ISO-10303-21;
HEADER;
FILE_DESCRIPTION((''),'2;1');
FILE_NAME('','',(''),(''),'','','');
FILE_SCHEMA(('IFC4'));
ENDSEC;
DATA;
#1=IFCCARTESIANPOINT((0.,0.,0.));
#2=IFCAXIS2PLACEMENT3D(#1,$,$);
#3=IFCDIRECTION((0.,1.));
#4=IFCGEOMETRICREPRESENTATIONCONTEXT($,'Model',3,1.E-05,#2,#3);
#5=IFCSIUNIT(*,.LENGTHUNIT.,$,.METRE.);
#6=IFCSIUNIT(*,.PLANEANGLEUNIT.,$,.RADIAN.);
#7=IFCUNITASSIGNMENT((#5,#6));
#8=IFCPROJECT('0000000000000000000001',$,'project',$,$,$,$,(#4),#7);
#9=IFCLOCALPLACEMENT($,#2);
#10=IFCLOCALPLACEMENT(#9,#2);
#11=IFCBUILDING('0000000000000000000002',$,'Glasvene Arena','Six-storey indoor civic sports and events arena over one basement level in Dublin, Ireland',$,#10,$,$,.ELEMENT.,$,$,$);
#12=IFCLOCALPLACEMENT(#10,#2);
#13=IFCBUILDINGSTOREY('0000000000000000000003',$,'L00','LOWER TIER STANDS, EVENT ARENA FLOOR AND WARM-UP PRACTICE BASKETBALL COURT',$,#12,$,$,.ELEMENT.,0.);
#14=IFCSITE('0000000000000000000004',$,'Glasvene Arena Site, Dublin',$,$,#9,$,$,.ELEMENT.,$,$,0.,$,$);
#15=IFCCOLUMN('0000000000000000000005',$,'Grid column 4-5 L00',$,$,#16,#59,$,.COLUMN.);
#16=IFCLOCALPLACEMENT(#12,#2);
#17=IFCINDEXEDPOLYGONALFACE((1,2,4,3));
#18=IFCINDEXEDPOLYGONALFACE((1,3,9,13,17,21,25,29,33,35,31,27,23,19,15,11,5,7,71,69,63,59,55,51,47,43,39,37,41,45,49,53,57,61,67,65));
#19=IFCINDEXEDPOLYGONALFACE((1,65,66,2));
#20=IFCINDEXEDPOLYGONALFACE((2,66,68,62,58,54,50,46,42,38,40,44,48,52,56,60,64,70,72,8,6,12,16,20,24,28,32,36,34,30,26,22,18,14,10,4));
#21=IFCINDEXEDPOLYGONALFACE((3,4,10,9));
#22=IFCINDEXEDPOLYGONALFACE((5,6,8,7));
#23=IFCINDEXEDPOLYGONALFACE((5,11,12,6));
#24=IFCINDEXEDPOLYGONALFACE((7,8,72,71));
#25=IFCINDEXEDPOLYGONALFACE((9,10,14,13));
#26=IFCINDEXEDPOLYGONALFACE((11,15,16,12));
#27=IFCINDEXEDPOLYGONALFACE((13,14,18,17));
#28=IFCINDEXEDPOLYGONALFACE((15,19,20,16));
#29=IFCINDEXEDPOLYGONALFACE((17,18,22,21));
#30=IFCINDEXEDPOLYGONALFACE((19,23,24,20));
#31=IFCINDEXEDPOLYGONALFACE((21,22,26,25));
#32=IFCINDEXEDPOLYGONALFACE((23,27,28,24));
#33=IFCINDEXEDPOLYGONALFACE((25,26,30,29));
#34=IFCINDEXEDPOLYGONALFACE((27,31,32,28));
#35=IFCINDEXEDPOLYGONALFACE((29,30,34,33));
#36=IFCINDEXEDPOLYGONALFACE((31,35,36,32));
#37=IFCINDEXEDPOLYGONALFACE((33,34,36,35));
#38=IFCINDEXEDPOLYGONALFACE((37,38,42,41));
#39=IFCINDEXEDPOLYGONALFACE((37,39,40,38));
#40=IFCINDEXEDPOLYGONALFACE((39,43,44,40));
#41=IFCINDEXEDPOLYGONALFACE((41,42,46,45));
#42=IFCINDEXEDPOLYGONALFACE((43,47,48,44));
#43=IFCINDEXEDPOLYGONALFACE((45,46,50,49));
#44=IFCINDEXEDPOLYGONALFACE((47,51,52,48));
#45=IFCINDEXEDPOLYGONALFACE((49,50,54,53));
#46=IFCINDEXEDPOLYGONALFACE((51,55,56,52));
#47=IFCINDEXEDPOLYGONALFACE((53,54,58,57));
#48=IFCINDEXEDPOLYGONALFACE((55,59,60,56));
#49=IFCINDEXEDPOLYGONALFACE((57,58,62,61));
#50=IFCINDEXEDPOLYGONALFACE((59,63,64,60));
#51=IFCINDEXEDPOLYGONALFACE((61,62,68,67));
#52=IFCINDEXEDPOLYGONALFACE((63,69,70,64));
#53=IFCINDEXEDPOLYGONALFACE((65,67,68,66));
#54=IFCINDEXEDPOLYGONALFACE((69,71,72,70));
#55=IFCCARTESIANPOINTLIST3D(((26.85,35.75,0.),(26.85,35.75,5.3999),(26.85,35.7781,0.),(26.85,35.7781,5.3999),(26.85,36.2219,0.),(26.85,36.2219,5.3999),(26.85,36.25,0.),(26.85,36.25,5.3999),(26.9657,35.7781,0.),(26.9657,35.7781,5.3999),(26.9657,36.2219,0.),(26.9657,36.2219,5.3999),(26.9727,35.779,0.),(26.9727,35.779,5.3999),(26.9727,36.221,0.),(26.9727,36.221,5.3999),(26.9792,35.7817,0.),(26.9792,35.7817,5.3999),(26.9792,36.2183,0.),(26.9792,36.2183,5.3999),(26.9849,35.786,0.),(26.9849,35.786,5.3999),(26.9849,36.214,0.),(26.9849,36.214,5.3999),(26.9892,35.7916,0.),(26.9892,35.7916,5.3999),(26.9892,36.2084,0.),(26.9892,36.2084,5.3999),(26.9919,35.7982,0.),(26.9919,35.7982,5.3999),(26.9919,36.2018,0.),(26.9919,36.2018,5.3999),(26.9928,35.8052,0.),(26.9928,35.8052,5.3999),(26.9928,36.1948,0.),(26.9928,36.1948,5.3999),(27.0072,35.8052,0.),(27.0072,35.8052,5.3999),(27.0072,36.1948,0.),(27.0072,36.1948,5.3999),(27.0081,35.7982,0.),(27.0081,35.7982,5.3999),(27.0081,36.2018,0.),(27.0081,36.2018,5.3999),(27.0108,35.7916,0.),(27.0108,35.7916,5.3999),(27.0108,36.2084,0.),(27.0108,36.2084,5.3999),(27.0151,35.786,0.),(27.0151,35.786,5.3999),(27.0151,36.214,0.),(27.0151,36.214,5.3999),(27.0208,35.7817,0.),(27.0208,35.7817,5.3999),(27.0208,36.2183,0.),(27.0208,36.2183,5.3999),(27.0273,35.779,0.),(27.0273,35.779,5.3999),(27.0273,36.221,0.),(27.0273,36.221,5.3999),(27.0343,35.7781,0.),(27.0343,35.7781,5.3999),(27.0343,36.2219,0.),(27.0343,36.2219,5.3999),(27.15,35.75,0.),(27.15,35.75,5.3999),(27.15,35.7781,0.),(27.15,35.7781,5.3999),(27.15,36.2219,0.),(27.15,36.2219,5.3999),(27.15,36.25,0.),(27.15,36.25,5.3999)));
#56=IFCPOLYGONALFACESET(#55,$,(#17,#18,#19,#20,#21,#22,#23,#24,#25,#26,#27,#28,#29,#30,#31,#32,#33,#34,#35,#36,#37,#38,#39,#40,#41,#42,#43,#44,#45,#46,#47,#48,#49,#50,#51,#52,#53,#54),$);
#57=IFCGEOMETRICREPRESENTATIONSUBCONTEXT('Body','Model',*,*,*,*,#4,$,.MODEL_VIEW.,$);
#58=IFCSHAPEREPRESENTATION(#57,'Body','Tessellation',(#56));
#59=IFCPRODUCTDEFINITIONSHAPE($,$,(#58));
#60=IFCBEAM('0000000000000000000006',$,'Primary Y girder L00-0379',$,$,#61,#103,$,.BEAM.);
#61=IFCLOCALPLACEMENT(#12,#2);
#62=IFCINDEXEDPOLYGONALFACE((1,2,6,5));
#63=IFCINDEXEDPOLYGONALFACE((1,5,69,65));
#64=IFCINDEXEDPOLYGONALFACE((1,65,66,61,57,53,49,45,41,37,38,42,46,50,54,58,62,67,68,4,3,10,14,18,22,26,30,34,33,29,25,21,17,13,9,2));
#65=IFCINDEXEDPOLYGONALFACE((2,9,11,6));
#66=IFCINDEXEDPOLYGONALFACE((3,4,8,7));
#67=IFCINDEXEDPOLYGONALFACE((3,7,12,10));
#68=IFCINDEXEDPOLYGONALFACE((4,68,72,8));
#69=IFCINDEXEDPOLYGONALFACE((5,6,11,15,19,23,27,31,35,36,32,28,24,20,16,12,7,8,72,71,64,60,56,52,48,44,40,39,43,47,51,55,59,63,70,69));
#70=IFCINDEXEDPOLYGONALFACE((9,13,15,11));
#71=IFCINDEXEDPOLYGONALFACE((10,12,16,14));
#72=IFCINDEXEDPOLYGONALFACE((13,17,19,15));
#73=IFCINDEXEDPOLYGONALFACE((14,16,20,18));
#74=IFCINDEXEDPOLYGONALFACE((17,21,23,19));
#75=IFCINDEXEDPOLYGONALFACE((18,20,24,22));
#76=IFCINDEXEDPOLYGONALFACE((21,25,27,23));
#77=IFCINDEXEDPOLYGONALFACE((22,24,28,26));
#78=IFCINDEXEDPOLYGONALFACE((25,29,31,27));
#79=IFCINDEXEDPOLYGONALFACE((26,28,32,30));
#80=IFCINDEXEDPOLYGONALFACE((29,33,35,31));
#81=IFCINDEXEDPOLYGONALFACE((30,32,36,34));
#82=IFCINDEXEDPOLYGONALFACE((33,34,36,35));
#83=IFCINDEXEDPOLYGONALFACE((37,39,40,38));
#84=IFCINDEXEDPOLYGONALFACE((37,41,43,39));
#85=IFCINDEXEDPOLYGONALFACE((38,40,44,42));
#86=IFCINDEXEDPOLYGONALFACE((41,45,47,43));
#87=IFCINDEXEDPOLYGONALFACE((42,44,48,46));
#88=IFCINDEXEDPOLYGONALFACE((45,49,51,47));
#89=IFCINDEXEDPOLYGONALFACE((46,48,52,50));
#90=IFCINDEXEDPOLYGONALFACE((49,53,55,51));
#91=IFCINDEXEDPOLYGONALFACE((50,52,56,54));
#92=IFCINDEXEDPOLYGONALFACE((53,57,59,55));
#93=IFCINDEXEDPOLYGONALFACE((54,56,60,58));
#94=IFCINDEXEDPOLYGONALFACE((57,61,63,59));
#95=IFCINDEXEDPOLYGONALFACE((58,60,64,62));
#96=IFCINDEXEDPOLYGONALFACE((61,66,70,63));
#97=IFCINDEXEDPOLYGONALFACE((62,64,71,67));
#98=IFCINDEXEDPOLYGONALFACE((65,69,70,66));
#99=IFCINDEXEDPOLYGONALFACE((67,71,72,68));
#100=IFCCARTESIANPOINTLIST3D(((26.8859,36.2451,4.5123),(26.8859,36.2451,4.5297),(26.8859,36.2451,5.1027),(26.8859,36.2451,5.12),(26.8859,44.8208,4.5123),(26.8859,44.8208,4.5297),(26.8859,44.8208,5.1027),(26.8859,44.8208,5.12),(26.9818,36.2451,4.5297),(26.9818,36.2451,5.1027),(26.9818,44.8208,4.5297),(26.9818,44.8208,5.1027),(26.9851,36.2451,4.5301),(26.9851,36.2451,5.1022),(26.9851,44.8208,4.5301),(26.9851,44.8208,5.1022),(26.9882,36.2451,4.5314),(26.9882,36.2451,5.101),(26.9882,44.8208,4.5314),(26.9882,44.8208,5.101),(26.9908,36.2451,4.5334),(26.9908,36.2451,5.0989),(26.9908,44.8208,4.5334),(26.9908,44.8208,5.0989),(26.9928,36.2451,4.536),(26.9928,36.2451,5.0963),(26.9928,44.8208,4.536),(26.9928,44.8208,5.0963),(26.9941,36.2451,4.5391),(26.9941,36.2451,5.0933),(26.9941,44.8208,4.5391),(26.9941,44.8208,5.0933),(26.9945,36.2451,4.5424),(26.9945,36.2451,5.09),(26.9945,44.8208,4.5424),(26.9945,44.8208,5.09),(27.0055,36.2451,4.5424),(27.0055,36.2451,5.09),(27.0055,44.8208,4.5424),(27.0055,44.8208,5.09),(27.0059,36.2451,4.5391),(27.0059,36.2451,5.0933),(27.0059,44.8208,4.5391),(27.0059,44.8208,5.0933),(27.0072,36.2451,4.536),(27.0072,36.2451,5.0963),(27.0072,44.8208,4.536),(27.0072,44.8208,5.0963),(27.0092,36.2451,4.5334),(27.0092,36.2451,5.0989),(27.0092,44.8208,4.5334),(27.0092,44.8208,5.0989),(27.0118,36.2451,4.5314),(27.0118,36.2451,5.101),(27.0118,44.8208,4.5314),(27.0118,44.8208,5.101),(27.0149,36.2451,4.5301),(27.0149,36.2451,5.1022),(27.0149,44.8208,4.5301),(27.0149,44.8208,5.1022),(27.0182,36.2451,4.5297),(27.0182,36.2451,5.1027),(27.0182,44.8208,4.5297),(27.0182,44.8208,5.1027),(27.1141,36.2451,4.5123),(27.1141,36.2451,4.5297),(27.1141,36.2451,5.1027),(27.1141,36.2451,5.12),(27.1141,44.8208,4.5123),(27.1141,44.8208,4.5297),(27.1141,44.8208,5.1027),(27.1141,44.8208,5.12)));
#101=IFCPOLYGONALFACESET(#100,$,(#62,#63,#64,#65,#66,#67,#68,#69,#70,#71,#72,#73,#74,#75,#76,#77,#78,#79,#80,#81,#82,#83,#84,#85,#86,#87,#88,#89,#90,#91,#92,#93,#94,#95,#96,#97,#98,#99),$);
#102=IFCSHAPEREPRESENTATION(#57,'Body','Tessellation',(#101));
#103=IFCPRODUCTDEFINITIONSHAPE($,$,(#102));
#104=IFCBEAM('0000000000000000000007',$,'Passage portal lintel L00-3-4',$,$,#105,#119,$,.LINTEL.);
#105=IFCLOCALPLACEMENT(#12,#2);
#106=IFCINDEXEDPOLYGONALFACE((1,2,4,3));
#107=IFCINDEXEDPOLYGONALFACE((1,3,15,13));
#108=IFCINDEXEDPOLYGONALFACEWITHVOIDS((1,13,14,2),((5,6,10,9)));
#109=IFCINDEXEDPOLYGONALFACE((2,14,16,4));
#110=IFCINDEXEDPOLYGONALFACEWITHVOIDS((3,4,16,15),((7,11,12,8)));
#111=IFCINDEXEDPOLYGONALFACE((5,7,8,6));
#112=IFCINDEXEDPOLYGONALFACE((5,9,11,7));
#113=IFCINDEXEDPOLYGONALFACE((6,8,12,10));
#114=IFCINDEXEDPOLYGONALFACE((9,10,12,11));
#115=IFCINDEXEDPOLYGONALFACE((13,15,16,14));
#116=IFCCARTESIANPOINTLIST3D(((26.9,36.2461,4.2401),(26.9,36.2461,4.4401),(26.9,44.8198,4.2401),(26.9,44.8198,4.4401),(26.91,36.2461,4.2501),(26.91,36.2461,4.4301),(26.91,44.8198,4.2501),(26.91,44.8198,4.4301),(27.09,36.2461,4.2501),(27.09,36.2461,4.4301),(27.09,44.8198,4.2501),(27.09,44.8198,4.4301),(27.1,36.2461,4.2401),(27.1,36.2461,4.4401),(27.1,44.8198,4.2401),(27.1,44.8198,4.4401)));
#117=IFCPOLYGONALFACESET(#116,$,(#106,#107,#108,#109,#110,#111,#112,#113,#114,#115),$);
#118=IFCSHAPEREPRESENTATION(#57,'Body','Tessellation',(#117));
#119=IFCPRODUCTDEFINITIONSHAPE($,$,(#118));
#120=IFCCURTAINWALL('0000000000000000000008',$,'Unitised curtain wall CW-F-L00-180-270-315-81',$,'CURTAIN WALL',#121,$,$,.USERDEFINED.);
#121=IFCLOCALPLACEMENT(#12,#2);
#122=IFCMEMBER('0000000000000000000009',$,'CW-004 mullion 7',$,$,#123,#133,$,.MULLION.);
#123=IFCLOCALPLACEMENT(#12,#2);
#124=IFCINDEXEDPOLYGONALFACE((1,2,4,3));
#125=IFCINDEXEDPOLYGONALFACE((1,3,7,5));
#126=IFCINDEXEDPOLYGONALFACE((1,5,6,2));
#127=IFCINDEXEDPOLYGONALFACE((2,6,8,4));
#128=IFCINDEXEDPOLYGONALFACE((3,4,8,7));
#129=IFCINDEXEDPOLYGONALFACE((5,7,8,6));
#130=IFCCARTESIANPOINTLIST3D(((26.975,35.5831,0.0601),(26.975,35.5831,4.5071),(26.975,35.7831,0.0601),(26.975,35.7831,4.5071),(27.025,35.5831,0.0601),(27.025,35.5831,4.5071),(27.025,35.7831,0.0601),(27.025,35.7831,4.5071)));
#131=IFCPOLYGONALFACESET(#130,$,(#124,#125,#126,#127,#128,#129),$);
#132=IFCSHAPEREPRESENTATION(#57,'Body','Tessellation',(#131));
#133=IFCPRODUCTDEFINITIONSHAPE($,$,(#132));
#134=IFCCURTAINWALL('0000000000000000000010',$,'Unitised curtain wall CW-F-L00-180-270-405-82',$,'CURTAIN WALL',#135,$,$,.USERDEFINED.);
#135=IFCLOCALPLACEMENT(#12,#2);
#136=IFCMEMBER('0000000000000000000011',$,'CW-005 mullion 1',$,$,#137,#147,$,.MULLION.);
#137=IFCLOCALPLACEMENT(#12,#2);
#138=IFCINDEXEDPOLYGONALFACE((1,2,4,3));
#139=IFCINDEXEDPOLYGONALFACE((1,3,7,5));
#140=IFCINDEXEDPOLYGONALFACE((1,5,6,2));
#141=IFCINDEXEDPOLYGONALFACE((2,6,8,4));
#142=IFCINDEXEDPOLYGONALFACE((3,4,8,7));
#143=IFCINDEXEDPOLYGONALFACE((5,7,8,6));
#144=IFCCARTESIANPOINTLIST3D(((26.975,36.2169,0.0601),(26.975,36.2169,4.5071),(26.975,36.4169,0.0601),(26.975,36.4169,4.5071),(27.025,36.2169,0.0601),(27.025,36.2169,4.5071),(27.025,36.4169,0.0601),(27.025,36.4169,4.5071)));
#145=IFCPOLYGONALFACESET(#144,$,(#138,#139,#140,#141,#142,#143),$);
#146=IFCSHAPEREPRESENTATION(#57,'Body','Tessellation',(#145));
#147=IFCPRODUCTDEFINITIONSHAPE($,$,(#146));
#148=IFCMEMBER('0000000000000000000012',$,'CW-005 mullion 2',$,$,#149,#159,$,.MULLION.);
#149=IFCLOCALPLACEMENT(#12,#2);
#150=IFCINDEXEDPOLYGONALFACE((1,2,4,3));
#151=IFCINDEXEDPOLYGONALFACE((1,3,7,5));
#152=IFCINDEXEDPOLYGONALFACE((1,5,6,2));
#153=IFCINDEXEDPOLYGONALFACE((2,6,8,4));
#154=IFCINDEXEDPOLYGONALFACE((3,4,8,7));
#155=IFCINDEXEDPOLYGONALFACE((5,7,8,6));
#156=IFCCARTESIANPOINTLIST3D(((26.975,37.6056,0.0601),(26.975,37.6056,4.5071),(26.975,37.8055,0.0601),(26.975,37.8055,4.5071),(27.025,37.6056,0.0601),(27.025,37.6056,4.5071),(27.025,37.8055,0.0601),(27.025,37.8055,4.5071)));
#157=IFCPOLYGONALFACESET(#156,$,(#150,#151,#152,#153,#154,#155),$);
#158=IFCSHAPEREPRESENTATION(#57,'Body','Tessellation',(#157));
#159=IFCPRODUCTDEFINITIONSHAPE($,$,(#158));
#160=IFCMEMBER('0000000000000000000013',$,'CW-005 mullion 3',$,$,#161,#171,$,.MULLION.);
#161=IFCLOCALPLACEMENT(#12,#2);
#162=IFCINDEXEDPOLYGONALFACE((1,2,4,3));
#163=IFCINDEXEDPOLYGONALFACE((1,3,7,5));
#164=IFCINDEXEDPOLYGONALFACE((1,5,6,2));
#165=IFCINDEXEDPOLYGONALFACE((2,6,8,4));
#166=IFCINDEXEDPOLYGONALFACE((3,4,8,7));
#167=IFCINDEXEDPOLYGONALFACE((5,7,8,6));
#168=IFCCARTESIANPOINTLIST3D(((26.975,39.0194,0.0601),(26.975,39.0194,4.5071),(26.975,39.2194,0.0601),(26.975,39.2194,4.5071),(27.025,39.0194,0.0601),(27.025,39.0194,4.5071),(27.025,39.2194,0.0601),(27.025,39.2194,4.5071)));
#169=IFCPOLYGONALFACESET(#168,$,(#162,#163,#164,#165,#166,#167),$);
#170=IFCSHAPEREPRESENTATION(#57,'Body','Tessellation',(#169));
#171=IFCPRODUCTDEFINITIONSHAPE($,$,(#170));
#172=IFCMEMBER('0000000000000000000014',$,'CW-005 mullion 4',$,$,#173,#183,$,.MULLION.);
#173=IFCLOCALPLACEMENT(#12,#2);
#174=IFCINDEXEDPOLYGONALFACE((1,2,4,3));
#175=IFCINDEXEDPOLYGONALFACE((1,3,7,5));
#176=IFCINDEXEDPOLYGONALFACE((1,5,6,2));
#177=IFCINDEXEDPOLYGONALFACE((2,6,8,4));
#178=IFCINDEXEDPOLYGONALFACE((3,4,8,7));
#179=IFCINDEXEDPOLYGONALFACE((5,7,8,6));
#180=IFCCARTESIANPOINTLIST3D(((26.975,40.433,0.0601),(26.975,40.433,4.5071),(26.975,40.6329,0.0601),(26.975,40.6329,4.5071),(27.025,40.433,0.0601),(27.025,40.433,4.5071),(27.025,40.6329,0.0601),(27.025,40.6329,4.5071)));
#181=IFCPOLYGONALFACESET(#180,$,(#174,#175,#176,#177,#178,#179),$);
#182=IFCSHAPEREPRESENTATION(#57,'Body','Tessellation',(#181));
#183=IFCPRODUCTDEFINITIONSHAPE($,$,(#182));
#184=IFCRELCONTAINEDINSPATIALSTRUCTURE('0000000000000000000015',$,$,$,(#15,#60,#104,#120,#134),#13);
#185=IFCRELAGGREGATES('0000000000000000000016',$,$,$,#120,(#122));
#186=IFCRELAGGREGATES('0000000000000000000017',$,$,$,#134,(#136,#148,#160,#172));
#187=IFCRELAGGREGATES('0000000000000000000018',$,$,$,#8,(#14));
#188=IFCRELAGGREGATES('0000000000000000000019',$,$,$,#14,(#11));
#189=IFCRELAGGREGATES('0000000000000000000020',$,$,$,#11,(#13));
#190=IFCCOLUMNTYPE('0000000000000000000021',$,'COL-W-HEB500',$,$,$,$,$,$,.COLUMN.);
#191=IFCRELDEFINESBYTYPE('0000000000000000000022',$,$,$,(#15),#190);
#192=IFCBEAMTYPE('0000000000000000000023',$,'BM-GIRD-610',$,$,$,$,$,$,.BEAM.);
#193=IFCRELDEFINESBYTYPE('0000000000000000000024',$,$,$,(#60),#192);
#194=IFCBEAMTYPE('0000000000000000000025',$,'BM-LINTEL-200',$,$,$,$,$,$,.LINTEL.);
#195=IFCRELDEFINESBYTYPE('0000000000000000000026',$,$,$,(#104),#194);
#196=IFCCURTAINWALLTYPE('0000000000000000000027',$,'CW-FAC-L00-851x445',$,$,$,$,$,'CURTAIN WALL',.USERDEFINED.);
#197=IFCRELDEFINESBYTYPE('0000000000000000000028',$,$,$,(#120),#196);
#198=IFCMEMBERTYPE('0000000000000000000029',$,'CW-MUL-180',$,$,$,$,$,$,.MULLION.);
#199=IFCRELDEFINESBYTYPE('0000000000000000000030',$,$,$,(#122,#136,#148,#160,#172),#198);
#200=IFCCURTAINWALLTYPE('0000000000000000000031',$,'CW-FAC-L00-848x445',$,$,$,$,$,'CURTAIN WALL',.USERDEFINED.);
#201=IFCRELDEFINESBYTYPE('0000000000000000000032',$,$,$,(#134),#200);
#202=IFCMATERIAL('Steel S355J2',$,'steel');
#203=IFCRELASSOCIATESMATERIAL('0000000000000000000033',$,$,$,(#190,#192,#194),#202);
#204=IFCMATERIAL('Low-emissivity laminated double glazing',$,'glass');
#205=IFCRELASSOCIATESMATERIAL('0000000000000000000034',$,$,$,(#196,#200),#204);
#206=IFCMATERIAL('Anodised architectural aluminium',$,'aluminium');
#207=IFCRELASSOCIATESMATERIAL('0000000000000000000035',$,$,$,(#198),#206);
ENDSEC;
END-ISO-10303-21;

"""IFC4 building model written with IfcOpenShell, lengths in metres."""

from ifc_helpers import new_model, si_unit, direction, frame, origin, origin_2d, place, context, subcontext, project, spatial, rectangle, hollow_rectangle, i_section, extrude, material, material_profile, profile_set, type_object, element, aggregate, save


model = new_model("IFC4")

# Units and contexts
model_context = context("Model", 3, precision=1e-05, world=origin(), true_north=direction((0.0, 1.0)))
body_context = subcontext(model_context, "Body", "Model", "MODEL_VIEW")
ifc_project = project(units=[si_unit("LENGTHUNIT", "METRE"), si_unit("PLANEANGLEUNIT", "RADIAN")], contexts=[model_context])

# Site, building, storey
site_placement = place(None, origin())
site = spatial("IfcSite", under=ifc_project, at=site_placement, Name="Glasvene Arena Site, Dublin", CompositionType="ELEMENT", RefElevation=0.0)
building_placement = place(site_placement, origin())
building = spatial("IfcBuilding", under=site, at=building_placement, Name="Glasvene Arena", Description="Six-storey indoor civic sports and events arena over one basement level in Dublin, Ireland", CompositionType="ELEMENT")
storey_placement = place(building_placement, origin())
storey = spatial("IfcBuildingStorey", under=building, at=storey_placement, Name="L00", Description="LOWER TIER STANDS, EVENT ARENA FLOOR AND WARM-UP PRACTICE BASKETBALL COURT", CompositionType="ELEMENT", Elevation=0.0)

# Column
ifc_material_1 = material(Name="Steel S355J2", Category="steel")
ifc_material_profile_1 = material_profile(ifc_material_1, i_section(OverallWidth=0.3, OverallDepth=0.5, WebThickness=0.0144, FlangeThickness=0.0281, FilletRadius=0.0271, at=origin_2d()), Name="HEB 500")
ifc_profile_set_1 = profile_set([ifc_material_profile_1], Name="Steel S355J2")
column_type = type_object("IfcColumnType", Name="COL-W-HEB500", PredefinedType="COLUMN", material=ifc_profile_set_1)
column_placement = place(storey_placement, frame((27.0, 36.0, 0.0), z_axis=(0.0, 0.0, 1.0), x_axis=(1.0, 0.0, 0.0)))
element("IfcColumn", 1, at=column_placement, inside=storey, type_object=column_type, Name="Grid column 4-5 L00", PredefinedType="COLUMN", context=body_context, shape_type="SweptSolid", body=[
    extrude(i_section(OverallWidth=0.3, OverallDepth=0.5, WebThickness=0.0144, FlangeThickness=0.0281, FilletRadius=0.0271, at=origin_2d()), origin(), (0.0, 0.0, 1.0), 5.3999),
])

# Beams
ifc_material_profile_2 = material_profile(ifc_material_1, i_section(OverallWidth=0.2283, OverallDepth=0.6077, WebThickness=0.011, FlangeThickness=0.0173, FilletRadius=0.0127, at=origin_2d()), Name="UKB 610x229x113")
ifc_profile_set_2 = profile_set([ifc_material_profile_2], Name="Steel S355J2")
beam_type_1 = type_object("IfcBeamType", Name="BM-GIRD-610", PredefinedType="BEAM", material=ifc_profile_set_2)
beam_1_placement = place(storey_placement, frame((27.0, 36.2451, 4.8162), z_axis=(0.0, 1.0, 0.0), x_axis=(-1.0, 0.0, 0.0)))
element("IfcBeam", 2, at=beam_1_placement, inside=storey, type_object=beam_type_1, Name="Primary Y girder L00-0379", PredefinedType="BEAM", context=body_context, shape_type="SweptSolid", body=[
    extrude(i_section(OverallWidth=0.2283, OverallDepth=0.6077, WebThickness=0.011, FlangeThickness=0.0173, FilletRadius=0.0127, at=origin_2d()), origin(), (0.0, 0.0, 1.0), 8.5757),
])
ifc_material_profile_3 = material_profile(ifc_material_1, hollow_rectangle(XDim=0.2, YDim=0.2, WallThickness=0.01, at=origin_2d()), Name="SHS 200x200x10.0")
ifc_profile_set_3 = profile_set([ifc_material_profile_3], Name="Steel S355J2")
beam_type_2 = type_object("IfcBeamType", Name="BM-LINTEL-200", PredefinedType="LINTEL", material=ifc_profile_set_3)
beam_2_placement = place(storey_placement, frame((27.0, 36.2461, 4.3401), z_axis=(0.0, 1.0, 0.0), x_axis=(-1.0, 0.0, 0.0)))
element("IfcBeam", 3, at=beam_2_placement, inside=storey, type_object=beam_type_2, Name="Passage portal lintel L00-3-4", PredefinedType="LINTEL", context=body_context, shape_type="SweptSolid", body=[
    extrude(hollow_rectangle(XDim=0.2, YDim=0.2, WallThickness=0.01, at=origin_2d()), origin(), (0.0, 0.0, 1.0), 8.5737),
])

# Curtain wall, member
ifc_material_2 = material(Name="Low-emissivity laminated double glazing", Category="glass")
curtain_wall_type_1 = type_object("IfcCurtainWallType", Name="CW-FAC-L00-851x445", ElementType="CURTAIN WALL", PredefinedType="USERDEFINED", material=ifc_material_2)
curtain_wall_1_placement = place(storey_placement, frame((27.0, 27.2024, 0.0)))
curtain_wall_1 = element("IfcCurtainWall", 4, at=curtain_wall_1_placement, inside=storey, type_object=curtain_wall_type_1, Name="Unitised curtain wall CW-F-L00-180-270-315-81", ObjectType="CURTAIN WALL", PredefinedType="USERDEFINED")
ifc_material_3 = material(Name="Anodised architectural aluminium", Category="aluminium")
ifc_material_profile_4 = material_profile(ifc_material_3, rectangle(XDim=0.05, YDim=0.2, at=origin_2d()), Name="ALU MULLION 50x200")
ifc_profile_set_4 = profile_set([ifc_material_profile_4], Name="Anodised architectural aluminium")
member_type_1 = type_object("IfcMemberType", Name="CW-MUL-180", PredefinedType="MULLION", material=ifc_profile_set_4)
member_1_placement = place(storey_placement, frame((27.0, 35.6831, 0.0601), z_axis=(0.0, 0.0, 1.0), x_axis=(-1.0, 0.0, 0.0)))
member_1 = element("IfcMember", 5, at=member_1_placement, type_object=member_type_1, Name="CW-004 mullion 7", PredefinedType="MULLION", context=body_context, shape_type="SweptSolid", body=[
    extrude(rectangle(XDim=0.05, YDim=0.2, at=origin_2d()), origin(), (0.0, 0.0, 1.0), 4.447),
])

# Curtain wall, members
curtain_wall_type_2 = type_object("IfcCurtainWallType", Name="CW-FAC-L00-848x445", ElementType="CURTAIN WALL", PredefinedType="USERDEFINED", material=ifc_material_2)
curtain_wall_2_placement = place(storey_placement, frame((27.0, 36.292, 0.0)))
curtain_wall_2 = element("IfcCurtainWall", 6, at=curtain_wall_2_placement, inside=storey, type_object=curtain_wall_type_2, Name="Unitised curtain wall CW-F-L00-180-270-405-82", ObjectType="CURTAIN WALL", PredefinedType="USERDEFINED")
member_2_placement = place(storey_placement, frame((27.0, 36.3169, 0.0601), z_axis=(0.0, 0.0, 1.0), x_axis=(-1.0, 0.0, 0.0)))
member_2 = element("IfcMember", 7, at=member_2_placement, type_object=member_type_1, Name="CW-005 mullion 1", PredefinedType="MULLION", context=body_context, shape_type="SweptSolid", body=[
    extrude(rectangle(XDim=0.05, YDim=0.2, at=origin_2d()), origin(), (0.0, 0.0, 1.0), 4.447),
])
member_3_placement = place(storey_placement, frame((27.0, 37.7056, 0.0601), z_axis=(0.0, 0.0, 1.0), x_axis=(-1.0, 0.0, 0.0)))
member_3 = element("IfcMember", 8, at=member_3_placement, type_object=member_type_1, Name="CW-005 mullion 2", PredefinedType="MULLION", context=body_context, shape_type="SweptSolid", body=[
    extrude(rectangle(XDim=0.05, YDim=0.2, at=origin_2d()), origin(), (0.0, 0.0, 1.0), 4.447),
])
member_4_placement = place(storey_placement, frame((27.0, 39.1194, 0.0601), z_axis=(0.0, 0.0, 1.0), x_axis=(-1.0, 0.0, 0.0)))
member_4 = element("IfcMember", 9, at=member_4_placement, type_object=member_type_1, Name="CW-005 mullion 3", PredefinedType="MULLION", context=body_context, shape_type="SweptSolid", body=[
    extrude(rectangle(XDim=0.05, YDim=0.2, at=origin_2d()), origin(), (0.0, 0.0, 1.0), 4.447),
])
member_5_placement = place(storey_placement, frame((27.0, 40.533, 0.0601), z_axis=(0.0, 0.0, 1.0), x_axis=(-1.0, 0.0, 0.0)))
member_5 = element("IfcMember", 10, at=member_5_placement, type_object=member_type_1, Name="CW-005 mullion 4", PredefinedType="MULLION", context=body_context, shape_type="SweptSolid", body=[
    extrude(rectangle(XDim=0.05, YDim=0.2, at=origin_2d()), origin(), (0.0, 0.0, 1.0), 4.447),
])

aggregate(curtain_wall_1, [member_1])
aggregate(curtain_wall_2, [member_2, member_3, member_4, member_5])

save(model, "model.ifc")
